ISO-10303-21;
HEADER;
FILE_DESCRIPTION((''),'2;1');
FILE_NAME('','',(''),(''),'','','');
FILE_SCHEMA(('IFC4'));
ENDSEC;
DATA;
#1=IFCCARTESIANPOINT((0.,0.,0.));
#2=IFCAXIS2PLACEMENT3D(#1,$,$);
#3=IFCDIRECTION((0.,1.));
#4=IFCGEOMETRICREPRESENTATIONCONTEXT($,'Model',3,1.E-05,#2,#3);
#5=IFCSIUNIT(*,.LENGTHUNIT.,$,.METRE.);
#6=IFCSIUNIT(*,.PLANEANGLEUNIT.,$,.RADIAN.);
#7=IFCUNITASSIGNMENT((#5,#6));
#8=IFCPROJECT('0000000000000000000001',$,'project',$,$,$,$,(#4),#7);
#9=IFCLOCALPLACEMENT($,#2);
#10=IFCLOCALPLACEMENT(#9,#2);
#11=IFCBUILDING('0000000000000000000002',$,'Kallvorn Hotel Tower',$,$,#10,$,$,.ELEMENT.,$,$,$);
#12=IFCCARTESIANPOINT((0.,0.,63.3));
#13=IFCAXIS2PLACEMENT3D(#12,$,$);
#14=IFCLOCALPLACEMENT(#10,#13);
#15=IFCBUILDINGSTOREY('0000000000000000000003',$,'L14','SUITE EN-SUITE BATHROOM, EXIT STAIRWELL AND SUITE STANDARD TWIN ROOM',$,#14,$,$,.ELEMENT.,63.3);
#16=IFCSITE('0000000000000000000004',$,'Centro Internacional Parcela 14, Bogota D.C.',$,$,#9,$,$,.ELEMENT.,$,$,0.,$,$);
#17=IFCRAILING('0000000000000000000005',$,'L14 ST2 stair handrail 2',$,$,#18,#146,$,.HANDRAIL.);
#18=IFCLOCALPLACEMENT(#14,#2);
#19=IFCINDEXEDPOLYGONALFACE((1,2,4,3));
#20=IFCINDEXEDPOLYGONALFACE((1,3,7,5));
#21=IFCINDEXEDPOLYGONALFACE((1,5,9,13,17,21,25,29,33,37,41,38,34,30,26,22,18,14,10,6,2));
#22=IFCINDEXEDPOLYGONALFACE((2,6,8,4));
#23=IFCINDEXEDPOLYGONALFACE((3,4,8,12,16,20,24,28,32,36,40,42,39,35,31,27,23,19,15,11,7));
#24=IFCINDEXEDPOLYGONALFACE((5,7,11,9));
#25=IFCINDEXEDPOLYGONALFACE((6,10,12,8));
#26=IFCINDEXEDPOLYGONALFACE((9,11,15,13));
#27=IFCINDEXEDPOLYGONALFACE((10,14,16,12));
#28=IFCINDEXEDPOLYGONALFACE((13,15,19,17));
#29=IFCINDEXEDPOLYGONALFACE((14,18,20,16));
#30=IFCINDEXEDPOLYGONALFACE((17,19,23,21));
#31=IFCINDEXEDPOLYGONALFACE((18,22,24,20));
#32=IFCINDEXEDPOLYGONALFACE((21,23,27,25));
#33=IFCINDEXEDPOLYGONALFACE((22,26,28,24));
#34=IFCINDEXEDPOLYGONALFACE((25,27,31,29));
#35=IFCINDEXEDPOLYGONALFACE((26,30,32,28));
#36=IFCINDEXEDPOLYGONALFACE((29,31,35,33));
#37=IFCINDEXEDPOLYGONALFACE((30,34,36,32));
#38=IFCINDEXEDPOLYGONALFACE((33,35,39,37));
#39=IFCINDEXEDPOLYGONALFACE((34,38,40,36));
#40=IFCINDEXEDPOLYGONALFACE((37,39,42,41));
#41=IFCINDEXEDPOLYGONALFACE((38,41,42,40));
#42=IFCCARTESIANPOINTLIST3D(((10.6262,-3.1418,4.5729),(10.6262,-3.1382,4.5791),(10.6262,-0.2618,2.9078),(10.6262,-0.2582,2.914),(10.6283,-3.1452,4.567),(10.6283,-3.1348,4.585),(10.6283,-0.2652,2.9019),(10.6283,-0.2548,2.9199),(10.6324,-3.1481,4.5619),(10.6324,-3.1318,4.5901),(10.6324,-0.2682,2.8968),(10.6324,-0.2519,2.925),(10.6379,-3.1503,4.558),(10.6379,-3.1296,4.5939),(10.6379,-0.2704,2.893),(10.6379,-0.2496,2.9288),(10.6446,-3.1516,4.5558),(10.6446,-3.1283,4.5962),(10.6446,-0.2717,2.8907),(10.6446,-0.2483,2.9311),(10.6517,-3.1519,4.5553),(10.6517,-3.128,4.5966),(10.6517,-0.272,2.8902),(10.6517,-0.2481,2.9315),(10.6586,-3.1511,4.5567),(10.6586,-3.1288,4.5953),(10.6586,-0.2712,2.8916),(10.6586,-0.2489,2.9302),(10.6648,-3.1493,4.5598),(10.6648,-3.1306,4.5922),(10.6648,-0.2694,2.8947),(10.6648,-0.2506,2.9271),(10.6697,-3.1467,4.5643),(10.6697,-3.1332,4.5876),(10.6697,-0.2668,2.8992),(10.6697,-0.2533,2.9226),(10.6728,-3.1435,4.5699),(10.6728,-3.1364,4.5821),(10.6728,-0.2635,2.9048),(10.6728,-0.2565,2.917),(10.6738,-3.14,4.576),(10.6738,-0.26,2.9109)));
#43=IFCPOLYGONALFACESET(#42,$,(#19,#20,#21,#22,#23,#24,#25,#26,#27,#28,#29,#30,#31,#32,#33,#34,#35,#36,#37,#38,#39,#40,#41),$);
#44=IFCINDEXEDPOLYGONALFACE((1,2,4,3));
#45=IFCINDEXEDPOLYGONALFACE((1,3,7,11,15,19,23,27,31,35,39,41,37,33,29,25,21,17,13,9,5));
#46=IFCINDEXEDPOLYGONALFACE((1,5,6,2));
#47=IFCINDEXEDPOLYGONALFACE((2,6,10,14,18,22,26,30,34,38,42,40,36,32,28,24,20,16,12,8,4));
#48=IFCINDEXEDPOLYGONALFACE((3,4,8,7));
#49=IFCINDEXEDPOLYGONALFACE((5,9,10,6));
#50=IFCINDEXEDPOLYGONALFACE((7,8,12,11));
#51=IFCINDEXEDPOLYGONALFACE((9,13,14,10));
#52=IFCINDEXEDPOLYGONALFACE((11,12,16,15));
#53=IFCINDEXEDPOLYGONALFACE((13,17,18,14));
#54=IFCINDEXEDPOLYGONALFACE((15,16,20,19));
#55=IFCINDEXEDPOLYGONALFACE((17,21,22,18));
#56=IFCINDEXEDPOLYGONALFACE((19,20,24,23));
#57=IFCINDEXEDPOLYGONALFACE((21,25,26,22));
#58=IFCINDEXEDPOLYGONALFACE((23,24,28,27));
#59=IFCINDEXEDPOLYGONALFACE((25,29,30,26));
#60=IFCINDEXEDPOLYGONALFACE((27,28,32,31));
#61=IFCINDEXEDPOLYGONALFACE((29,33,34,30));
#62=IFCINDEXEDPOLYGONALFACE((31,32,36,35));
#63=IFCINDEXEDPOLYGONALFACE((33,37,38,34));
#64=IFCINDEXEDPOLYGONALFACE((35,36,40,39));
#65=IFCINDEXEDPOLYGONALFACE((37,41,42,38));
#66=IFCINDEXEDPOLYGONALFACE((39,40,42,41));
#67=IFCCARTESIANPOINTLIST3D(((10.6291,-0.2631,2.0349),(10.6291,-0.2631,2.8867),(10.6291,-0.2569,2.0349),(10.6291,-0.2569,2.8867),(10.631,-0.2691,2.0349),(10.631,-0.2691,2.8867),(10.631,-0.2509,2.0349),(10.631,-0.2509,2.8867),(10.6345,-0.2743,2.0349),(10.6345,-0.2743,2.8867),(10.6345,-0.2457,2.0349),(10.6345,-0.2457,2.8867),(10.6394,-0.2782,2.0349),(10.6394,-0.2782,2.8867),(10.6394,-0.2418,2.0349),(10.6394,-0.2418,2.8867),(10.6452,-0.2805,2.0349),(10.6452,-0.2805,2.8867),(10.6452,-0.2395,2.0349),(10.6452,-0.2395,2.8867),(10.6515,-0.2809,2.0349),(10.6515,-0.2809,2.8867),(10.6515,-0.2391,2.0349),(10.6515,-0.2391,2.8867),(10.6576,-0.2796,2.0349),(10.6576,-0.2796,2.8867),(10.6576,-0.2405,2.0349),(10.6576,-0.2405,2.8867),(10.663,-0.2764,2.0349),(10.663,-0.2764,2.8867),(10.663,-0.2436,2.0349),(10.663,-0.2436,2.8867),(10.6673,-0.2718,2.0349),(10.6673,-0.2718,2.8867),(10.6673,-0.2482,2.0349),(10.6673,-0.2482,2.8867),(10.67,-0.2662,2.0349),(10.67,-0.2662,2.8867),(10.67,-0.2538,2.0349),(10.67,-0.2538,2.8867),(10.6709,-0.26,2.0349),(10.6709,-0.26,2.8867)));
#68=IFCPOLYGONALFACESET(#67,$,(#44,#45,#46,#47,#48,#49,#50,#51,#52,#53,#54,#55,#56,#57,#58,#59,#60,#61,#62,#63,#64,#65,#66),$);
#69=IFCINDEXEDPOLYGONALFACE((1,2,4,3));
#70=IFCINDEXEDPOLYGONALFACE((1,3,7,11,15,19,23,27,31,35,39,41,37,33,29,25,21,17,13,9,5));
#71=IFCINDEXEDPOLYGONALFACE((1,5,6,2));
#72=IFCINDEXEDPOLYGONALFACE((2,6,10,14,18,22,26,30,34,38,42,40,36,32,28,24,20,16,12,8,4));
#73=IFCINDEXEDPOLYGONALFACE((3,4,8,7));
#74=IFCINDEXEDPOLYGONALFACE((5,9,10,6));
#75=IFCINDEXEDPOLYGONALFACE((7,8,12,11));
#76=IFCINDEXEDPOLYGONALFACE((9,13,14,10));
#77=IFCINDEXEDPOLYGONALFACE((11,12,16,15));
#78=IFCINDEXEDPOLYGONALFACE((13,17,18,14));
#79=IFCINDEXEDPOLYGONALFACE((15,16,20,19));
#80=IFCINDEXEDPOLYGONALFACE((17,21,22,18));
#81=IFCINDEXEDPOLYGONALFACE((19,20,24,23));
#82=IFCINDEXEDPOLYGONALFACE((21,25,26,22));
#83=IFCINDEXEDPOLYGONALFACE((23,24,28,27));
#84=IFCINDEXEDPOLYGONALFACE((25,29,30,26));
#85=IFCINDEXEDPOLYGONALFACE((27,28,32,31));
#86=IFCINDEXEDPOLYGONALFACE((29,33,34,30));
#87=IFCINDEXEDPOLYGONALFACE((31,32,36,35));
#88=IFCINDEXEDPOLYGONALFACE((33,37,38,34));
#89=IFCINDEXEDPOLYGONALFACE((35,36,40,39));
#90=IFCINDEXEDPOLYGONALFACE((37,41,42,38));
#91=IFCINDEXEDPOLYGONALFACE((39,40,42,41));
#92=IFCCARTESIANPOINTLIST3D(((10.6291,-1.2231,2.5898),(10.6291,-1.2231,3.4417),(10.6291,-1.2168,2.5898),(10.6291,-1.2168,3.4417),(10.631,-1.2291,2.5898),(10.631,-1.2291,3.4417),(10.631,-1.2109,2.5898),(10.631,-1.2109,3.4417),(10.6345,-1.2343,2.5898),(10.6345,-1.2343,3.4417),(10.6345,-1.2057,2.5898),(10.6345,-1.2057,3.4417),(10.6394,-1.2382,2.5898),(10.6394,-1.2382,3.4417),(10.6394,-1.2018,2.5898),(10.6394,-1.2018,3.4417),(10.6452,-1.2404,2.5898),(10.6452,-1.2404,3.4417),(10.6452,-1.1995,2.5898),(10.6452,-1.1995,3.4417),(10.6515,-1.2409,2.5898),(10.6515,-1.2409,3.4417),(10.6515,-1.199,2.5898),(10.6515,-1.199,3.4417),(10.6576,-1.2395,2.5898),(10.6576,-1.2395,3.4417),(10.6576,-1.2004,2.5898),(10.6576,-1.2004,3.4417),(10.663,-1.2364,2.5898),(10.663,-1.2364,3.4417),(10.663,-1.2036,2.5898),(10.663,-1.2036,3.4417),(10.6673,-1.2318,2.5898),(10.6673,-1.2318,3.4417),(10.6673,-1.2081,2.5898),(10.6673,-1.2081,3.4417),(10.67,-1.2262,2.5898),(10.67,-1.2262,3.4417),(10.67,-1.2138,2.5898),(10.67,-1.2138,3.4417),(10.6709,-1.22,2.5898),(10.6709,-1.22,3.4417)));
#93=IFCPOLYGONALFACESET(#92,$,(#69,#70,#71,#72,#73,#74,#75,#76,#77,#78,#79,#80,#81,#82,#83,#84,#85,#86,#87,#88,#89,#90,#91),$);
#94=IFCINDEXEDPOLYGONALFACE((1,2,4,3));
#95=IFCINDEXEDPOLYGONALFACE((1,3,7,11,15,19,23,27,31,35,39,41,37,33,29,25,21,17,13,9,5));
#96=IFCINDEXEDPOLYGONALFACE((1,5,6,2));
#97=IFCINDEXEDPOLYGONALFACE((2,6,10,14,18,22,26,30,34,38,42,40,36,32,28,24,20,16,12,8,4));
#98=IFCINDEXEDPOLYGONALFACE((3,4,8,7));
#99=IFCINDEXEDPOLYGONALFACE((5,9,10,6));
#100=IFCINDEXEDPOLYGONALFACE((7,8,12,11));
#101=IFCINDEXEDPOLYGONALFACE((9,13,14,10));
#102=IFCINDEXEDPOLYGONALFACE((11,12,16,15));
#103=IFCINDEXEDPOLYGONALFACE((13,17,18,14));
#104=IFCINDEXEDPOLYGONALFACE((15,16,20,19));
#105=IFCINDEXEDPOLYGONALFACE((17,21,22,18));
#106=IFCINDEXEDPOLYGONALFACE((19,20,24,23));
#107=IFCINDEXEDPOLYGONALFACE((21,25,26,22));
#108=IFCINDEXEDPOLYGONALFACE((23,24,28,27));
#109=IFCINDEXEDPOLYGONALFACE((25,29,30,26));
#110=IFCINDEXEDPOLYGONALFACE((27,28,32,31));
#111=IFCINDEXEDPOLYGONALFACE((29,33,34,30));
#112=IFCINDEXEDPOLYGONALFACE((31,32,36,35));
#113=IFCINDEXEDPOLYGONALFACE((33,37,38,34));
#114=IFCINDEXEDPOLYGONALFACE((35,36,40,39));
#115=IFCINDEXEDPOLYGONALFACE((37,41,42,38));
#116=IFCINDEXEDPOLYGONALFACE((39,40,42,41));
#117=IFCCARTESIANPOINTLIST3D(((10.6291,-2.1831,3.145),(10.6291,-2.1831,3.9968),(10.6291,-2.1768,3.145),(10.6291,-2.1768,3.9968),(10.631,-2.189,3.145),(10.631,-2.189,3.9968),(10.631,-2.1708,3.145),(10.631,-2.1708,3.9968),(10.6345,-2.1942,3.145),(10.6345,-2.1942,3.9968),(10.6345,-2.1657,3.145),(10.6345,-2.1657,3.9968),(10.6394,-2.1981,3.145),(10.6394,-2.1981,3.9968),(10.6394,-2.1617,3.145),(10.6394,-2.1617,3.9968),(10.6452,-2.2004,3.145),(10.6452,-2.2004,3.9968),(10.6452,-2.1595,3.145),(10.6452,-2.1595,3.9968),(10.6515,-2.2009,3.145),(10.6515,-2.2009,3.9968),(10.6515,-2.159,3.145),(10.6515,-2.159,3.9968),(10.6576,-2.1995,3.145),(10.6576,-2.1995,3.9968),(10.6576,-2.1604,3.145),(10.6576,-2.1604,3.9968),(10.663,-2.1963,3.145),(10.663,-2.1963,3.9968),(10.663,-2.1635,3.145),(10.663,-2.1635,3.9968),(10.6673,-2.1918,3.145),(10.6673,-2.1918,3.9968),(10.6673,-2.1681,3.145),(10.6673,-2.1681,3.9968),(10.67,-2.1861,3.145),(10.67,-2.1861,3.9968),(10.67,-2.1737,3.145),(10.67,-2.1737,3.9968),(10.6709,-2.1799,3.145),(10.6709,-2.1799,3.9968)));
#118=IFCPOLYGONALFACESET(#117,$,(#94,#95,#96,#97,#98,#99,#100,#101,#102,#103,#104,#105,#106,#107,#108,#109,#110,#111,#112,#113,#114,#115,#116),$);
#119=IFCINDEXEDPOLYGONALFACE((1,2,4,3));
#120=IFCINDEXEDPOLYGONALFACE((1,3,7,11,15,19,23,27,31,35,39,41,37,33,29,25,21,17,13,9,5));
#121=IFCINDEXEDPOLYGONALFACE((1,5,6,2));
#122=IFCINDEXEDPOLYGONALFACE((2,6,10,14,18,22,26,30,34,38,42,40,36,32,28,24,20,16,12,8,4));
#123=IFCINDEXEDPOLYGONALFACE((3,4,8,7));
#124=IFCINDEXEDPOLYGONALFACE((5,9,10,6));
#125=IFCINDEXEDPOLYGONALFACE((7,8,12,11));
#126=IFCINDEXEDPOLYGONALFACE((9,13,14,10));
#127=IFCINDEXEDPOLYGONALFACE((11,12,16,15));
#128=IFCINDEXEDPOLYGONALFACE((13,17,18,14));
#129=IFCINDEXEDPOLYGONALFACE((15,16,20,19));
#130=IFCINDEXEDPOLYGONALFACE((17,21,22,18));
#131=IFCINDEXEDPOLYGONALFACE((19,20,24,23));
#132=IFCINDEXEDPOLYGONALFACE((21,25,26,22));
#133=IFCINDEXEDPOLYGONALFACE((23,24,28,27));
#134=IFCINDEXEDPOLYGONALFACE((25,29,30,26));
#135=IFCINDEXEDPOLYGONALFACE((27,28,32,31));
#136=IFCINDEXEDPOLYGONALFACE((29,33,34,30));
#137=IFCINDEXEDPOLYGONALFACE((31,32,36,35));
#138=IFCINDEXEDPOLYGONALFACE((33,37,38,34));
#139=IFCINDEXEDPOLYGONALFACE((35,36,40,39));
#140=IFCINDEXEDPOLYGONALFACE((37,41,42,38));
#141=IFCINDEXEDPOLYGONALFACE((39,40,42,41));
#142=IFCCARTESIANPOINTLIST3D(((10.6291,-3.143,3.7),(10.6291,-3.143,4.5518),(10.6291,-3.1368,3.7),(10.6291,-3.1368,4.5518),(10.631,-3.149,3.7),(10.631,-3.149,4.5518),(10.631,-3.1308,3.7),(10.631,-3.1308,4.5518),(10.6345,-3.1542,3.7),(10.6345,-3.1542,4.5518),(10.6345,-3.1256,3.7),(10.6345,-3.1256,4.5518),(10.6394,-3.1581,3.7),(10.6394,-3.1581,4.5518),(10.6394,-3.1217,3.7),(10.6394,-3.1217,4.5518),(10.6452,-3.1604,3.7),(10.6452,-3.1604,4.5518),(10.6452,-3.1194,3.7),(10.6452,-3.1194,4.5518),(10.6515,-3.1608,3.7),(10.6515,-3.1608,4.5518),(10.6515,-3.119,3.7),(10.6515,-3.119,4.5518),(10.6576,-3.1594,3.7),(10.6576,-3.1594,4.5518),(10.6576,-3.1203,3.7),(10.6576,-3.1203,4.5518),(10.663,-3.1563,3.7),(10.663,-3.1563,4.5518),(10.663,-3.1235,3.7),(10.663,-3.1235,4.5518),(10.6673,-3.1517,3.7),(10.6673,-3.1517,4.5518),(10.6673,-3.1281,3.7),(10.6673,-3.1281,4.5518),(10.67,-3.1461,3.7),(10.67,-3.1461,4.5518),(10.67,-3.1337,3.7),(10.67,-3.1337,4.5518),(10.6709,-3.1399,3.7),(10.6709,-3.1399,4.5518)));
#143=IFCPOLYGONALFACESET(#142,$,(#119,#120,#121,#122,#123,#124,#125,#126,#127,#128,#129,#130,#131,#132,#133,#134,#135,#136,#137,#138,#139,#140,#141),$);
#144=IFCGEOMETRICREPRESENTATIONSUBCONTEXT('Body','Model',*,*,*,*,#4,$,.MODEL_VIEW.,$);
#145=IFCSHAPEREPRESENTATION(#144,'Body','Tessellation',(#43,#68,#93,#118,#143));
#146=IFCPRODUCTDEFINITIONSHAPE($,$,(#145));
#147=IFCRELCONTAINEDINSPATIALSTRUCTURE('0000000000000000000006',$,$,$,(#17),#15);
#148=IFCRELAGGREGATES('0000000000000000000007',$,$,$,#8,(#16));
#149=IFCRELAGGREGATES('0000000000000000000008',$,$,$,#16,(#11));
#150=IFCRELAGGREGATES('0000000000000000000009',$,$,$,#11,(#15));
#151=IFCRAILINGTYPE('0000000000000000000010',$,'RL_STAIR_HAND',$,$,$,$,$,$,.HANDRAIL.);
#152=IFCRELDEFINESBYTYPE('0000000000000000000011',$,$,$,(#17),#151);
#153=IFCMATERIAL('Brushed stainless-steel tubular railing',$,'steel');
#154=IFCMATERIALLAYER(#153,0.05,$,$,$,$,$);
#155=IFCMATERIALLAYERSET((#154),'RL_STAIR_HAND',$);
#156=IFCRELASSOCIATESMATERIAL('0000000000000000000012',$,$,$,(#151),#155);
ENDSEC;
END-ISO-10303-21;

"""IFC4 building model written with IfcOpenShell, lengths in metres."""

from ifc_helpers import new_model, si_unit, direction, frame, origin, origin_2d, place, context, subcontext, project, spatial, circle, extrude, material, layer, layer_set, type_object, element, save


model = new_model("IFC4")

# Units and contexts
model_context = context("Model", 3, precision=1e-05, world=origin(), true_north=direction((0.0, 1.0)))
body_context = subcontext(model_context, "Body", "Model", "MODEL_VIEW")
ifc_project = project(units=[si_unit("LENGTHUNIT", "METRE"), si_unit("PLANEANGLEUNIT", "RADIAN")], contexts=[model_context])

# Site, building, storey
site_placement = place(None, origin())
site = spatial("IfcSite", under=ifc_project, at=site_placement, Name="Centro Internacional Parcela 14, Bogota D.C.", CompositionType="ELEMENT", RefElevation=0.0)
building_placement = place(site_placement, origin())
building = spatial("IfcBuilding", under=site, at=building_placement, Name="Kallvorn Hotel Tower", CompositionType="ELEMENT")
storey_placement = place(building_placement, frame((0.0, 0.0, 63.3)))
storey = spatial("IfcBuildingStorey", under=building, at=storey_placement, Name="L14", Description="SUITE EN-SUITE BATHROOM, EXIT STAIRWELL AND SUITE STANDARD TWIN ROOM", CompositionType="ELEMENT", Elevation=63.3)

# Railing
ifc_material_1 = material(Name="Brushed stainless-steel tubular railing", Category="steel")
ifc_layer_1 = layer(ifc_material_1, 0.05)
ifc_layer_set_1 = layer_set([ifc_layer_1], Name="RL_STAIR_HAND")
railing_type_1 = type_object("IfcRailingType", Name="RL_STAIR_HAND", PredefinedType="HANDRAIL", material=ifc_layer_set_1)
railing_1_placement = place(storey_placement, frame((10.6499, -0.26, 2.0349)))
element("IfcRailing", 1, at=railing_1_placement, inside=storey, type_object=railing_type_1, Name="L14 ST2 stair handrail 2", PredefinedType="HANDRAIL", context=body_context, shape_type="SweptSolid", body=[
    extrude(circle(Radius=0.0239, at=origin_2d()), frame((0.0, 0.0, 0.876), z_axis=(0.0, -0.865721, 0.500527), x_axis=(1.0, 0.0, 0.0)), (0.0, 0.0, 1.0), 3.3267),
    extrude(circle(Radius=0.021, at=origin_2d()), origin(), (0.0, 0.0, 1.0), 0.8518),
    extrude(circle(Radius=0.021, at=origin_2d()), frame((0.0, -0.96, 0.5549)), (0.0, 0.0, 1.0), 0.8518),
    extrude(circle(Radius=0.021, at=origin_2d()), frame((0.0, -1.9199, 1.1101)), (0.0, 0.0, 1.0), 0.8518),
    extrude(circle(Radius=0.021, at=origin_2d()), frame((0.0, -2.8799, 1.665)), (0.0, 0.0, 1.0), 0.8518),
])

save(model, "model.ifc")
